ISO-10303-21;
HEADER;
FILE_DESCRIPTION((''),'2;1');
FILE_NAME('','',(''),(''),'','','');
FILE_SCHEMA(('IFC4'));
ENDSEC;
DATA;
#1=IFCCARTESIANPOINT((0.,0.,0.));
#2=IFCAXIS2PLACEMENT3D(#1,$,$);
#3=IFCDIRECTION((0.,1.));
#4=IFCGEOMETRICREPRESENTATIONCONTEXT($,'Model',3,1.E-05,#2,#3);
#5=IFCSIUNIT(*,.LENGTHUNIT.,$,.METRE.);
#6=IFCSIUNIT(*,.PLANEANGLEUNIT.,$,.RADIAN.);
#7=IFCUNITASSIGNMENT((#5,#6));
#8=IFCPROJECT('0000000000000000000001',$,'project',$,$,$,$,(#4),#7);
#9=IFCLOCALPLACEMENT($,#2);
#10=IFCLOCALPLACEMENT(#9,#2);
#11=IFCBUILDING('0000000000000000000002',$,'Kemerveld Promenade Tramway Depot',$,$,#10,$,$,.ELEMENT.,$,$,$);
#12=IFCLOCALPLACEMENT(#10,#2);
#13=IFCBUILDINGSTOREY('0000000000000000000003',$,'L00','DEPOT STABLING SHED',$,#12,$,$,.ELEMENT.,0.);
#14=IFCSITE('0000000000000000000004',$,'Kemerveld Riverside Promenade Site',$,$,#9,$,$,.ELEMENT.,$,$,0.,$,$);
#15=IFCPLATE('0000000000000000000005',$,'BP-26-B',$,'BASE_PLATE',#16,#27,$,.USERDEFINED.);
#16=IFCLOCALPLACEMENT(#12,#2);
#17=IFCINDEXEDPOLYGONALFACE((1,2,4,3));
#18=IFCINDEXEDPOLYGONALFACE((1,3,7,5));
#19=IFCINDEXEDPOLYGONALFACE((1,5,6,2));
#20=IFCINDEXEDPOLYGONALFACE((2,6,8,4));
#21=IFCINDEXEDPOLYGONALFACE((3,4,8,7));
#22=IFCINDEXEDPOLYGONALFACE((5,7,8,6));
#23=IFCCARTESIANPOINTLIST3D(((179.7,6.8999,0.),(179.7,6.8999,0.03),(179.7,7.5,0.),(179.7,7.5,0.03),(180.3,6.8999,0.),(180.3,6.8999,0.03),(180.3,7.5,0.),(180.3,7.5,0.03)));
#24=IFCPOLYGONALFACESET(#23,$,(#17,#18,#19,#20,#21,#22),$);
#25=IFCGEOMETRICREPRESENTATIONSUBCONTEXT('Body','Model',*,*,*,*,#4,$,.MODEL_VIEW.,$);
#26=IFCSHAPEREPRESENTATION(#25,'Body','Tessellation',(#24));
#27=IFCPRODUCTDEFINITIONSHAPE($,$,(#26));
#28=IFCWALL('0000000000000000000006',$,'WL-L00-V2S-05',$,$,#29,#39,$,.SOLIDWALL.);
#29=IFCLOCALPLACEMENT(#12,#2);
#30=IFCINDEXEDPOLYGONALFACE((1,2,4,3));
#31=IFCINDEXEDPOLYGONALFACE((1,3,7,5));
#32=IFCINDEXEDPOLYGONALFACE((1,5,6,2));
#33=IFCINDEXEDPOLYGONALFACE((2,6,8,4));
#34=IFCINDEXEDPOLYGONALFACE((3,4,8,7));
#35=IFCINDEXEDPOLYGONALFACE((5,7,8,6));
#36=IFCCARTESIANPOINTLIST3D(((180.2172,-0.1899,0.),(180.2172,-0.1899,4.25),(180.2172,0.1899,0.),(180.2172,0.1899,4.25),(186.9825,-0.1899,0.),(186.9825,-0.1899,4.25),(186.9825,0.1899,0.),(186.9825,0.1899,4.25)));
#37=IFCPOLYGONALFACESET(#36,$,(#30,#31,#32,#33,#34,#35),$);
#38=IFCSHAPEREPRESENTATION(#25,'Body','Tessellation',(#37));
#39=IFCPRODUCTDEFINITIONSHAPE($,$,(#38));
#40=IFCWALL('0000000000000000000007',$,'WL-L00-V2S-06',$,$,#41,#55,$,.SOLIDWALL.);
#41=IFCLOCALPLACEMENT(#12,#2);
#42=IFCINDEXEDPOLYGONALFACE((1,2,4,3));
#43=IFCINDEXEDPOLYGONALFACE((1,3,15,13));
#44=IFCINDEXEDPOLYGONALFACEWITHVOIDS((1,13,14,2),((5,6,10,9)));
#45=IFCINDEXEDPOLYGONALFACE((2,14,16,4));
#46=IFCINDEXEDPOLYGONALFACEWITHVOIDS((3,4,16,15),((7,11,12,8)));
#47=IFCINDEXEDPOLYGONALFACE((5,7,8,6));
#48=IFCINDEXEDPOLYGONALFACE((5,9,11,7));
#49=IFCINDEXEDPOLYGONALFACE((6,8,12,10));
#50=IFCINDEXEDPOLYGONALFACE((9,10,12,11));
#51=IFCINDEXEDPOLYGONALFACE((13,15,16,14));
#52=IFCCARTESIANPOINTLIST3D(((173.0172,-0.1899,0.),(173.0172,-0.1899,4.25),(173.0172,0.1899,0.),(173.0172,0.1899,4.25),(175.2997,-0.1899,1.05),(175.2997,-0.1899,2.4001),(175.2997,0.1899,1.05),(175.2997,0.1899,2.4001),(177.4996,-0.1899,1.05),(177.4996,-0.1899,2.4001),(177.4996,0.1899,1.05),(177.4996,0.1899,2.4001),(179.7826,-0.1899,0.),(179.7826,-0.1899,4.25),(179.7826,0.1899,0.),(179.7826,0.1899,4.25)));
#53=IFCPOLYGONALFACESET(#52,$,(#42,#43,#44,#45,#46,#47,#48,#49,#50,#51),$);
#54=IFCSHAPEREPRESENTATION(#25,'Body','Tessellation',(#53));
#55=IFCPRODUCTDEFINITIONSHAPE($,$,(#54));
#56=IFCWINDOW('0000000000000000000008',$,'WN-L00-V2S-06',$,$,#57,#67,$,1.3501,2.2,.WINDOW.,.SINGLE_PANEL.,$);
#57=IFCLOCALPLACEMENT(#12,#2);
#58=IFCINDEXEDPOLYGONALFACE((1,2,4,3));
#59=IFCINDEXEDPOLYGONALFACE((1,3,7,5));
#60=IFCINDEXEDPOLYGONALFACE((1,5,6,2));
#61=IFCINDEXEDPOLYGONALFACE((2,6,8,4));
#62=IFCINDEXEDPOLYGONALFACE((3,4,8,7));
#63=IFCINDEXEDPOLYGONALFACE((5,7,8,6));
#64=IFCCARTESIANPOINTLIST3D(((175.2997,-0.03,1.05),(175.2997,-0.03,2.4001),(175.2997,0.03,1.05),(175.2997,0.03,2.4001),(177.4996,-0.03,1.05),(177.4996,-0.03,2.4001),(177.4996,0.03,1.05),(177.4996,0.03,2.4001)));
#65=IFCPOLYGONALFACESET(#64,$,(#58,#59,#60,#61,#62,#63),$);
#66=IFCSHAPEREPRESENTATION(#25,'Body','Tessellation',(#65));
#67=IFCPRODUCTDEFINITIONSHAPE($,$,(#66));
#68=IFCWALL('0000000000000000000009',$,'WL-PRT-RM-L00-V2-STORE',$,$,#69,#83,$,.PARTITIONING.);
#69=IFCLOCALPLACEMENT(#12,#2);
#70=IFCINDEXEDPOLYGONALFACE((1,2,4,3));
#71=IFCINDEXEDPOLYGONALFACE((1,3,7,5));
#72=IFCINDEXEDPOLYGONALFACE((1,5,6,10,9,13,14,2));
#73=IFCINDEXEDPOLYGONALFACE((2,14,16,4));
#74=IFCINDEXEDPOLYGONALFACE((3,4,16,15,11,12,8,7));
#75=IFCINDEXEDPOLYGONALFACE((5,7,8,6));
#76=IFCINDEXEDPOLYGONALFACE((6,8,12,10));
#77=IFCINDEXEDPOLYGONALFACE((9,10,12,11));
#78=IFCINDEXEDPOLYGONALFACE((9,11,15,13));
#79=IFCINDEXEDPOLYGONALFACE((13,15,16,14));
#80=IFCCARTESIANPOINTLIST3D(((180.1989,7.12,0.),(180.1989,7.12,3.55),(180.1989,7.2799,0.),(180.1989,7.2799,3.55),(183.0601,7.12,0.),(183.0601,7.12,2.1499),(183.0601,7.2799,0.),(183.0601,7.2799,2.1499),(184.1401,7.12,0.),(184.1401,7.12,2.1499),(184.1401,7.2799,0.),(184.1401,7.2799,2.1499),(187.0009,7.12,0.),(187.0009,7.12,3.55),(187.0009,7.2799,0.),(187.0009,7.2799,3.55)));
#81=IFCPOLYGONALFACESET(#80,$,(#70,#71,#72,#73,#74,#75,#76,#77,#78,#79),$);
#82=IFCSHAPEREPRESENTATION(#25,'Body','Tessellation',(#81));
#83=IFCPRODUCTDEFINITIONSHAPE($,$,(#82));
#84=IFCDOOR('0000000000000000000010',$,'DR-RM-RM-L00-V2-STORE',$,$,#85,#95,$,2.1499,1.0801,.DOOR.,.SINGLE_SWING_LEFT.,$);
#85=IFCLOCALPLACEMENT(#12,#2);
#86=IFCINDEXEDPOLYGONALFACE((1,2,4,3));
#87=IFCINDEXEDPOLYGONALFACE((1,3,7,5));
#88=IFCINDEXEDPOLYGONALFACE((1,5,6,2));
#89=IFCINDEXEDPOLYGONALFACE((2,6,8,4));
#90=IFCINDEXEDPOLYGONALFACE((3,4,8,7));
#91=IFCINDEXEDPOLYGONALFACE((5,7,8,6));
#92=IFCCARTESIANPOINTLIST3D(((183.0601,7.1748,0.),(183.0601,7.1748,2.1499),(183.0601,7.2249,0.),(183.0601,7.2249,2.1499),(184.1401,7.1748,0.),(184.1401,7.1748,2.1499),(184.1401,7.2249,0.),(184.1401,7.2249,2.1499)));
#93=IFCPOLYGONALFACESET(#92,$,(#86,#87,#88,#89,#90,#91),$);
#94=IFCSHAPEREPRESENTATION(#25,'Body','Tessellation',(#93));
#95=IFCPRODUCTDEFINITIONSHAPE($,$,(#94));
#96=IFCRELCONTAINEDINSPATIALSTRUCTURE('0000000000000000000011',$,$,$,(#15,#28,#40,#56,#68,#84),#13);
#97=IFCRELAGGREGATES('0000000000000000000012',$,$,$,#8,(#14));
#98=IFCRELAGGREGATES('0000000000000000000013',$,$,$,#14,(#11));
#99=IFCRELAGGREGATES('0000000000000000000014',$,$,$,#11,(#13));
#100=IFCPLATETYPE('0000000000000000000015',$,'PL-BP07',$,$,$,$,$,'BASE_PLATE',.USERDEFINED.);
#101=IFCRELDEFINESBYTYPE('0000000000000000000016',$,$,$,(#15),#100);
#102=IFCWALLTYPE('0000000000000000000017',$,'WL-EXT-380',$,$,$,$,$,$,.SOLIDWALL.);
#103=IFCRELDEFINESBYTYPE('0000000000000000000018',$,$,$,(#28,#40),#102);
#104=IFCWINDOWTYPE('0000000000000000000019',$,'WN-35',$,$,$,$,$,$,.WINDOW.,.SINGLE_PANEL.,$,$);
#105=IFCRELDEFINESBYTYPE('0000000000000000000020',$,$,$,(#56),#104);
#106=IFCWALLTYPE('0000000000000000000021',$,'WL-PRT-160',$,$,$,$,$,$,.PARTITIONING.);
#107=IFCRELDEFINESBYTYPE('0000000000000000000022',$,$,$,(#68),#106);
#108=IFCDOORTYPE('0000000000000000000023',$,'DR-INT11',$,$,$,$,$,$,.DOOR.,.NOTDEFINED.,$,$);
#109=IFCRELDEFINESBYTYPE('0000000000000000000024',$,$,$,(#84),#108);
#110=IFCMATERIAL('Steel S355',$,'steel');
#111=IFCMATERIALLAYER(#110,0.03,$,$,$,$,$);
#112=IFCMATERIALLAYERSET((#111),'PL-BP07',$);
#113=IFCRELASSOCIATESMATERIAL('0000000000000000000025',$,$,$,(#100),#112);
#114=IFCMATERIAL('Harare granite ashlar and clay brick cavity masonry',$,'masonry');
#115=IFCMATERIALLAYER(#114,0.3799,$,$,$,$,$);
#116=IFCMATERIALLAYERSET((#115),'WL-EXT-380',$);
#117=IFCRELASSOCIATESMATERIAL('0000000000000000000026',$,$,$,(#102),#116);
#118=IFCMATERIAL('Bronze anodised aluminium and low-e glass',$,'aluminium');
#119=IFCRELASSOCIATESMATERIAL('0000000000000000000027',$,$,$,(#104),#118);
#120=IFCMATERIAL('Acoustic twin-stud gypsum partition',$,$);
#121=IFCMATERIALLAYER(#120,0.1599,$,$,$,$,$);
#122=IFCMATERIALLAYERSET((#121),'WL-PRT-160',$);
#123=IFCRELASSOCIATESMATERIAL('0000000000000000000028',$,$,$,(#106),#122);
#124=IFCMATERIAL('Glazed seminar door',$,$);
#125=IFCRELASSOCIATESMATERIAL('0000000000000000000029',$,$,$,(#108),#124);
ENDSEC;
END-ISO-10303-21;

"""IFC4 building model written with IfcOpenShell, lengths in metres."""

from ifc_helpers import new_model, si_unit, direction, frame, frame_2d, origin, origin_2d, place, context, subcontext, project, spatial, rectangle, extrude, material, layer, layer_set, type_object, element, fill, save


model = new_model("IFC4")

# Units and contexts
model_context = context("Model", 3, precision=1e-05, world=origin(), true_north=direction((0.0, 1.0)))
body_context = subcontext(model_context, "Body", "Model", "MODEL_VIEW")
ifc_project = project(units=[si_unit("LENGTHUNIT", "METRE"), si_unit("PLANEANGLEUNIT", "RADIAN")], contexts=[model_context])

# Site, building, storey
site_placement = place(None, origin())
site = spatial("IfcSite", under=ifc_project, at=site_placement, Name="Kemerveld Riverside Promenade Site", CompositionType="ELEMENT", RefElevation=0.0)
building_placement = place(site_placement, origin())
building = spatial("IfcBuilding", under=site, at=building_placement, Name="Kemerveld Promenade Tramway Depot", CompositionType="ELEMENT")
storey_placement = place(building_placement, origin())
storey = spatial("IfcBuildingStorey", under=building, at=storey_placement, Name="L00", Description="DEPOT STABLING SHED", CompositionType="ELEMENT", Elevation=0.0)

# Shared definitions
ifc_material_1 = material(Name="Steel S355", Category="steel")

# Plate
ifc_layer_1 = layer(ifc_material_1, 0.03)
ifc_layer_set_1 = layer_set([ifc_layer_1], Name="PL-BP07")
plate_type = type_object("IfcPlateType", Name="PL-BP07", ElementType="BASE_PLATE", PredefinedType="USERDEFINED", material=ifc_layer_set_1)
plate_placement = place(storey_placement, frame((180.0, 7.2, 0.0), z_axis=(0.0, 0.0, 1.0), x_axis=(1.0, 0.0, 0.0)))
element("IfcPlate", 1, at=plate_placement, inside=storey, type_object=plate_type, Name="BP-26-B", ObjectType="BASE_PLATE", PredefinedType="USERDEFINED", context=body_context, shape_type="SweptSolid", body=[
    extrude(rectangle(XDim=0.6001, YDim=0.6001, at=origin_2d()), origin(), (0.0, 0.0, 1.0), 0.03),
])

# Wall
ifc_material_2 = material(Name="Harare granite ashlar and clay brick cavity masonry", Category="masonry")
ifc_layer_2 = layer(ifc_material_2, 0.3799)
ifc_layer_set_2 = layer_set([ifc_layer_2], Name="WL-EXT-380")
wall_type_1 = type_object("IfcWallType", Name="WL-EXT-380", PredefinedType="SOLIDWALL", material=ifc_layer_set_2)
wall_1_placement = place(storey_placement, frame((186.9827, 0.0, 0.0), z_axis=(0.0, 0.0, 1.0), x_axis=(-1.0, 0.0, 0.0)))
element("IfcWall", 2, at=wall_1_placement, inside=storey, type_object=wall_type_1, Name="WL-L00-V2S-05", PredefinedType="SOLIDWALL", context=body_context, shape_type="SweptSolid", body=[
    extrude(rectangle(XDim=6.7654, YDim=0.3799, at=frame_2d((3.3828, 0.0))), origin(), (0.0, 0.0, 1.0), 4.25),
])

# Wall, opening, window
wall_2_placement = place(storey_placement, frame((179.7827, 0.0, 0.0), z_axis=(0.0, 0.0, 1.0), x_axis=(-1.0, 0.0, 0.0)))
wall_2 = element("IfcWall", 3, at=wall_2_placement, inside=storey, type_object=wall_type_1, Name="WL-L00-V2S-06", PredefinedType="SOLIDWALL", context=body_context, shape_type="SweptSolid", body=[
    extrude(rectangle(XDim=6.7654, YDim=0.3799, at=frame_2d((3.3828, 0.0))), origin(), (0.0, 0.0, 1.0), 4.25),
])
opening_1_placement = place(wall_2_placement, frame((2.283, 0.0, 1.05)))
opening_1 = element("IfcOpeningElement", 4, at=opening_1_placement, cuts=wall_2, PredefinedType="OPENING", context=body_context, shape_type="SweptSolid", body=[
    extrude(rectangle(XDim=2.2, YDim=1.3501, at=frame_2d((1.1001, 0.675))), frame((0.0, 0.2, 0.0), z_axis=(0.0, -1.0, 0.0), x_axis=(1.0, 0.0, 0.0)), (0.0, 0.0, 1.0), 0.3999),
])
ifc_material_3 = material(Name="Bronze anodised aluminium and low-e glass", Category="aluminium")
window_type = type_object("IfcWindowType", Name="WN-35", PartitioningType="SINGLE_PANEL", PredefinedType="WINDOW", material=ifc_material_3)
window_placement = place(opening_1_placement, origin())
window = element("IfcWindow", 5, at=window_placement, inside=storey, type_object=window_type, Name="WN-L00-V2S-06", OverallHeight=1.3501, OverallWidth=2.2, PartitioningType="SINGLE_PANEL", PredefinedType="WINDOW", context=body_context, shape_type="SweptSolid", body=[
    extrude(rectangle(XDim=2.2, YDim=1.3501, at=frame_2d((1.1001, 0.675))), frame((0.0, 0.03, 0.0), z_axis=(0.0, -1.0, 0.0), x_axis=(1.0, 0.0, 0.0)), (0.0, 0.0, 1.0), 0.0601),
])
fill(opening_1, window)

# Wall, opening, door
ifc_material_4 = material(Name="Acoustic twin-stud gypsum partition")
ifc_layer_3 = layer(ifc_material_4, 0.1599)
ifc_layer_set_3 = layer_set([ifc_layer_3], Name="WL-PRT-160")
wall_type_2 = type_object("IfcWallType", Name="WL-PRT-160", PredefinedType="PARTITIONING", material=ifc_layer_set_3)
wall_3_placement = place(storey_placement, frame((180.199, 7.2, 0.0), z_axis=(0.0, 0.0, 1.0), x_axis=(1.0, 0.0, 0.0)))
wall_3 = element("IfcWall", 6, at=wall_3_placement, inside=storey, type_object=wall_type_2, Name="WL-PRT-RM-L00-V2-STORE", PredefinedType="PARTITIONING", context=body_context, shape_type="SweptSolid", body=[
    extrude(rectangle(XDim=6.802, YDim=0.1599, at=frame_2d((3.4009, 0.0))), origin(), (0.0, 0.0, 1.0), 3.55),
])
opening_2_placement = place(wall_3_placement, frame((2.8611, 0.0, 0.0)))
opening_2 = element("IfcOpeningElement", 7, at=opening_2_placement, cuts=wall_3, PredefinedType="OPENING", context=body_context, shape_type="SweptSolid", body=[
    extrude(rectangle(XDim=1.0801, YDim=2.1499, at=frame_2d((0.54, 1.075))), frame((0.0, 0.0898, 0.0), z_axis=(0.0, -1.0, 0.0), x_axis=(1.0, 0.0, 0.0)), (0.0, 0.0, 1.0), 0.1799),
])
ifc_material_5 = material(Name="Glazed seminar door")
door_type = type_object("IfcDoorType", Name="DR-INT11", OperationType="NOTDEFINED", PredefinedType="DOOR", material=ifc_material_5)
door_placement = place(opening_2_placement, origin())
door = element("IfcDoor", 8, at=door_placement, inside=storey, type_object=door_type, Name="DR-RM-RM-L00-V2-STORE", OperationType="SINGLE_SWING_LEFT", OverallHeight=2.1499, OverallWidth=1.0801, PredefinedType="DOOR", context=body_context, shape_type="SweptSolid", body=[
    extrude(rectangle(XDim=1.0801, YDim=2.1499, at=frame_2d((0.54, 1.075))), frame((0.0, 0.0249, 0.0), z_axis=(0.0, -1.0, 0.0), x_axis=(1.0, 0.0, 0.0)), (0.0, 0.0, 1.0), 0.05),
])
fill(opening_2, door)

save(model, "model.ifc")
